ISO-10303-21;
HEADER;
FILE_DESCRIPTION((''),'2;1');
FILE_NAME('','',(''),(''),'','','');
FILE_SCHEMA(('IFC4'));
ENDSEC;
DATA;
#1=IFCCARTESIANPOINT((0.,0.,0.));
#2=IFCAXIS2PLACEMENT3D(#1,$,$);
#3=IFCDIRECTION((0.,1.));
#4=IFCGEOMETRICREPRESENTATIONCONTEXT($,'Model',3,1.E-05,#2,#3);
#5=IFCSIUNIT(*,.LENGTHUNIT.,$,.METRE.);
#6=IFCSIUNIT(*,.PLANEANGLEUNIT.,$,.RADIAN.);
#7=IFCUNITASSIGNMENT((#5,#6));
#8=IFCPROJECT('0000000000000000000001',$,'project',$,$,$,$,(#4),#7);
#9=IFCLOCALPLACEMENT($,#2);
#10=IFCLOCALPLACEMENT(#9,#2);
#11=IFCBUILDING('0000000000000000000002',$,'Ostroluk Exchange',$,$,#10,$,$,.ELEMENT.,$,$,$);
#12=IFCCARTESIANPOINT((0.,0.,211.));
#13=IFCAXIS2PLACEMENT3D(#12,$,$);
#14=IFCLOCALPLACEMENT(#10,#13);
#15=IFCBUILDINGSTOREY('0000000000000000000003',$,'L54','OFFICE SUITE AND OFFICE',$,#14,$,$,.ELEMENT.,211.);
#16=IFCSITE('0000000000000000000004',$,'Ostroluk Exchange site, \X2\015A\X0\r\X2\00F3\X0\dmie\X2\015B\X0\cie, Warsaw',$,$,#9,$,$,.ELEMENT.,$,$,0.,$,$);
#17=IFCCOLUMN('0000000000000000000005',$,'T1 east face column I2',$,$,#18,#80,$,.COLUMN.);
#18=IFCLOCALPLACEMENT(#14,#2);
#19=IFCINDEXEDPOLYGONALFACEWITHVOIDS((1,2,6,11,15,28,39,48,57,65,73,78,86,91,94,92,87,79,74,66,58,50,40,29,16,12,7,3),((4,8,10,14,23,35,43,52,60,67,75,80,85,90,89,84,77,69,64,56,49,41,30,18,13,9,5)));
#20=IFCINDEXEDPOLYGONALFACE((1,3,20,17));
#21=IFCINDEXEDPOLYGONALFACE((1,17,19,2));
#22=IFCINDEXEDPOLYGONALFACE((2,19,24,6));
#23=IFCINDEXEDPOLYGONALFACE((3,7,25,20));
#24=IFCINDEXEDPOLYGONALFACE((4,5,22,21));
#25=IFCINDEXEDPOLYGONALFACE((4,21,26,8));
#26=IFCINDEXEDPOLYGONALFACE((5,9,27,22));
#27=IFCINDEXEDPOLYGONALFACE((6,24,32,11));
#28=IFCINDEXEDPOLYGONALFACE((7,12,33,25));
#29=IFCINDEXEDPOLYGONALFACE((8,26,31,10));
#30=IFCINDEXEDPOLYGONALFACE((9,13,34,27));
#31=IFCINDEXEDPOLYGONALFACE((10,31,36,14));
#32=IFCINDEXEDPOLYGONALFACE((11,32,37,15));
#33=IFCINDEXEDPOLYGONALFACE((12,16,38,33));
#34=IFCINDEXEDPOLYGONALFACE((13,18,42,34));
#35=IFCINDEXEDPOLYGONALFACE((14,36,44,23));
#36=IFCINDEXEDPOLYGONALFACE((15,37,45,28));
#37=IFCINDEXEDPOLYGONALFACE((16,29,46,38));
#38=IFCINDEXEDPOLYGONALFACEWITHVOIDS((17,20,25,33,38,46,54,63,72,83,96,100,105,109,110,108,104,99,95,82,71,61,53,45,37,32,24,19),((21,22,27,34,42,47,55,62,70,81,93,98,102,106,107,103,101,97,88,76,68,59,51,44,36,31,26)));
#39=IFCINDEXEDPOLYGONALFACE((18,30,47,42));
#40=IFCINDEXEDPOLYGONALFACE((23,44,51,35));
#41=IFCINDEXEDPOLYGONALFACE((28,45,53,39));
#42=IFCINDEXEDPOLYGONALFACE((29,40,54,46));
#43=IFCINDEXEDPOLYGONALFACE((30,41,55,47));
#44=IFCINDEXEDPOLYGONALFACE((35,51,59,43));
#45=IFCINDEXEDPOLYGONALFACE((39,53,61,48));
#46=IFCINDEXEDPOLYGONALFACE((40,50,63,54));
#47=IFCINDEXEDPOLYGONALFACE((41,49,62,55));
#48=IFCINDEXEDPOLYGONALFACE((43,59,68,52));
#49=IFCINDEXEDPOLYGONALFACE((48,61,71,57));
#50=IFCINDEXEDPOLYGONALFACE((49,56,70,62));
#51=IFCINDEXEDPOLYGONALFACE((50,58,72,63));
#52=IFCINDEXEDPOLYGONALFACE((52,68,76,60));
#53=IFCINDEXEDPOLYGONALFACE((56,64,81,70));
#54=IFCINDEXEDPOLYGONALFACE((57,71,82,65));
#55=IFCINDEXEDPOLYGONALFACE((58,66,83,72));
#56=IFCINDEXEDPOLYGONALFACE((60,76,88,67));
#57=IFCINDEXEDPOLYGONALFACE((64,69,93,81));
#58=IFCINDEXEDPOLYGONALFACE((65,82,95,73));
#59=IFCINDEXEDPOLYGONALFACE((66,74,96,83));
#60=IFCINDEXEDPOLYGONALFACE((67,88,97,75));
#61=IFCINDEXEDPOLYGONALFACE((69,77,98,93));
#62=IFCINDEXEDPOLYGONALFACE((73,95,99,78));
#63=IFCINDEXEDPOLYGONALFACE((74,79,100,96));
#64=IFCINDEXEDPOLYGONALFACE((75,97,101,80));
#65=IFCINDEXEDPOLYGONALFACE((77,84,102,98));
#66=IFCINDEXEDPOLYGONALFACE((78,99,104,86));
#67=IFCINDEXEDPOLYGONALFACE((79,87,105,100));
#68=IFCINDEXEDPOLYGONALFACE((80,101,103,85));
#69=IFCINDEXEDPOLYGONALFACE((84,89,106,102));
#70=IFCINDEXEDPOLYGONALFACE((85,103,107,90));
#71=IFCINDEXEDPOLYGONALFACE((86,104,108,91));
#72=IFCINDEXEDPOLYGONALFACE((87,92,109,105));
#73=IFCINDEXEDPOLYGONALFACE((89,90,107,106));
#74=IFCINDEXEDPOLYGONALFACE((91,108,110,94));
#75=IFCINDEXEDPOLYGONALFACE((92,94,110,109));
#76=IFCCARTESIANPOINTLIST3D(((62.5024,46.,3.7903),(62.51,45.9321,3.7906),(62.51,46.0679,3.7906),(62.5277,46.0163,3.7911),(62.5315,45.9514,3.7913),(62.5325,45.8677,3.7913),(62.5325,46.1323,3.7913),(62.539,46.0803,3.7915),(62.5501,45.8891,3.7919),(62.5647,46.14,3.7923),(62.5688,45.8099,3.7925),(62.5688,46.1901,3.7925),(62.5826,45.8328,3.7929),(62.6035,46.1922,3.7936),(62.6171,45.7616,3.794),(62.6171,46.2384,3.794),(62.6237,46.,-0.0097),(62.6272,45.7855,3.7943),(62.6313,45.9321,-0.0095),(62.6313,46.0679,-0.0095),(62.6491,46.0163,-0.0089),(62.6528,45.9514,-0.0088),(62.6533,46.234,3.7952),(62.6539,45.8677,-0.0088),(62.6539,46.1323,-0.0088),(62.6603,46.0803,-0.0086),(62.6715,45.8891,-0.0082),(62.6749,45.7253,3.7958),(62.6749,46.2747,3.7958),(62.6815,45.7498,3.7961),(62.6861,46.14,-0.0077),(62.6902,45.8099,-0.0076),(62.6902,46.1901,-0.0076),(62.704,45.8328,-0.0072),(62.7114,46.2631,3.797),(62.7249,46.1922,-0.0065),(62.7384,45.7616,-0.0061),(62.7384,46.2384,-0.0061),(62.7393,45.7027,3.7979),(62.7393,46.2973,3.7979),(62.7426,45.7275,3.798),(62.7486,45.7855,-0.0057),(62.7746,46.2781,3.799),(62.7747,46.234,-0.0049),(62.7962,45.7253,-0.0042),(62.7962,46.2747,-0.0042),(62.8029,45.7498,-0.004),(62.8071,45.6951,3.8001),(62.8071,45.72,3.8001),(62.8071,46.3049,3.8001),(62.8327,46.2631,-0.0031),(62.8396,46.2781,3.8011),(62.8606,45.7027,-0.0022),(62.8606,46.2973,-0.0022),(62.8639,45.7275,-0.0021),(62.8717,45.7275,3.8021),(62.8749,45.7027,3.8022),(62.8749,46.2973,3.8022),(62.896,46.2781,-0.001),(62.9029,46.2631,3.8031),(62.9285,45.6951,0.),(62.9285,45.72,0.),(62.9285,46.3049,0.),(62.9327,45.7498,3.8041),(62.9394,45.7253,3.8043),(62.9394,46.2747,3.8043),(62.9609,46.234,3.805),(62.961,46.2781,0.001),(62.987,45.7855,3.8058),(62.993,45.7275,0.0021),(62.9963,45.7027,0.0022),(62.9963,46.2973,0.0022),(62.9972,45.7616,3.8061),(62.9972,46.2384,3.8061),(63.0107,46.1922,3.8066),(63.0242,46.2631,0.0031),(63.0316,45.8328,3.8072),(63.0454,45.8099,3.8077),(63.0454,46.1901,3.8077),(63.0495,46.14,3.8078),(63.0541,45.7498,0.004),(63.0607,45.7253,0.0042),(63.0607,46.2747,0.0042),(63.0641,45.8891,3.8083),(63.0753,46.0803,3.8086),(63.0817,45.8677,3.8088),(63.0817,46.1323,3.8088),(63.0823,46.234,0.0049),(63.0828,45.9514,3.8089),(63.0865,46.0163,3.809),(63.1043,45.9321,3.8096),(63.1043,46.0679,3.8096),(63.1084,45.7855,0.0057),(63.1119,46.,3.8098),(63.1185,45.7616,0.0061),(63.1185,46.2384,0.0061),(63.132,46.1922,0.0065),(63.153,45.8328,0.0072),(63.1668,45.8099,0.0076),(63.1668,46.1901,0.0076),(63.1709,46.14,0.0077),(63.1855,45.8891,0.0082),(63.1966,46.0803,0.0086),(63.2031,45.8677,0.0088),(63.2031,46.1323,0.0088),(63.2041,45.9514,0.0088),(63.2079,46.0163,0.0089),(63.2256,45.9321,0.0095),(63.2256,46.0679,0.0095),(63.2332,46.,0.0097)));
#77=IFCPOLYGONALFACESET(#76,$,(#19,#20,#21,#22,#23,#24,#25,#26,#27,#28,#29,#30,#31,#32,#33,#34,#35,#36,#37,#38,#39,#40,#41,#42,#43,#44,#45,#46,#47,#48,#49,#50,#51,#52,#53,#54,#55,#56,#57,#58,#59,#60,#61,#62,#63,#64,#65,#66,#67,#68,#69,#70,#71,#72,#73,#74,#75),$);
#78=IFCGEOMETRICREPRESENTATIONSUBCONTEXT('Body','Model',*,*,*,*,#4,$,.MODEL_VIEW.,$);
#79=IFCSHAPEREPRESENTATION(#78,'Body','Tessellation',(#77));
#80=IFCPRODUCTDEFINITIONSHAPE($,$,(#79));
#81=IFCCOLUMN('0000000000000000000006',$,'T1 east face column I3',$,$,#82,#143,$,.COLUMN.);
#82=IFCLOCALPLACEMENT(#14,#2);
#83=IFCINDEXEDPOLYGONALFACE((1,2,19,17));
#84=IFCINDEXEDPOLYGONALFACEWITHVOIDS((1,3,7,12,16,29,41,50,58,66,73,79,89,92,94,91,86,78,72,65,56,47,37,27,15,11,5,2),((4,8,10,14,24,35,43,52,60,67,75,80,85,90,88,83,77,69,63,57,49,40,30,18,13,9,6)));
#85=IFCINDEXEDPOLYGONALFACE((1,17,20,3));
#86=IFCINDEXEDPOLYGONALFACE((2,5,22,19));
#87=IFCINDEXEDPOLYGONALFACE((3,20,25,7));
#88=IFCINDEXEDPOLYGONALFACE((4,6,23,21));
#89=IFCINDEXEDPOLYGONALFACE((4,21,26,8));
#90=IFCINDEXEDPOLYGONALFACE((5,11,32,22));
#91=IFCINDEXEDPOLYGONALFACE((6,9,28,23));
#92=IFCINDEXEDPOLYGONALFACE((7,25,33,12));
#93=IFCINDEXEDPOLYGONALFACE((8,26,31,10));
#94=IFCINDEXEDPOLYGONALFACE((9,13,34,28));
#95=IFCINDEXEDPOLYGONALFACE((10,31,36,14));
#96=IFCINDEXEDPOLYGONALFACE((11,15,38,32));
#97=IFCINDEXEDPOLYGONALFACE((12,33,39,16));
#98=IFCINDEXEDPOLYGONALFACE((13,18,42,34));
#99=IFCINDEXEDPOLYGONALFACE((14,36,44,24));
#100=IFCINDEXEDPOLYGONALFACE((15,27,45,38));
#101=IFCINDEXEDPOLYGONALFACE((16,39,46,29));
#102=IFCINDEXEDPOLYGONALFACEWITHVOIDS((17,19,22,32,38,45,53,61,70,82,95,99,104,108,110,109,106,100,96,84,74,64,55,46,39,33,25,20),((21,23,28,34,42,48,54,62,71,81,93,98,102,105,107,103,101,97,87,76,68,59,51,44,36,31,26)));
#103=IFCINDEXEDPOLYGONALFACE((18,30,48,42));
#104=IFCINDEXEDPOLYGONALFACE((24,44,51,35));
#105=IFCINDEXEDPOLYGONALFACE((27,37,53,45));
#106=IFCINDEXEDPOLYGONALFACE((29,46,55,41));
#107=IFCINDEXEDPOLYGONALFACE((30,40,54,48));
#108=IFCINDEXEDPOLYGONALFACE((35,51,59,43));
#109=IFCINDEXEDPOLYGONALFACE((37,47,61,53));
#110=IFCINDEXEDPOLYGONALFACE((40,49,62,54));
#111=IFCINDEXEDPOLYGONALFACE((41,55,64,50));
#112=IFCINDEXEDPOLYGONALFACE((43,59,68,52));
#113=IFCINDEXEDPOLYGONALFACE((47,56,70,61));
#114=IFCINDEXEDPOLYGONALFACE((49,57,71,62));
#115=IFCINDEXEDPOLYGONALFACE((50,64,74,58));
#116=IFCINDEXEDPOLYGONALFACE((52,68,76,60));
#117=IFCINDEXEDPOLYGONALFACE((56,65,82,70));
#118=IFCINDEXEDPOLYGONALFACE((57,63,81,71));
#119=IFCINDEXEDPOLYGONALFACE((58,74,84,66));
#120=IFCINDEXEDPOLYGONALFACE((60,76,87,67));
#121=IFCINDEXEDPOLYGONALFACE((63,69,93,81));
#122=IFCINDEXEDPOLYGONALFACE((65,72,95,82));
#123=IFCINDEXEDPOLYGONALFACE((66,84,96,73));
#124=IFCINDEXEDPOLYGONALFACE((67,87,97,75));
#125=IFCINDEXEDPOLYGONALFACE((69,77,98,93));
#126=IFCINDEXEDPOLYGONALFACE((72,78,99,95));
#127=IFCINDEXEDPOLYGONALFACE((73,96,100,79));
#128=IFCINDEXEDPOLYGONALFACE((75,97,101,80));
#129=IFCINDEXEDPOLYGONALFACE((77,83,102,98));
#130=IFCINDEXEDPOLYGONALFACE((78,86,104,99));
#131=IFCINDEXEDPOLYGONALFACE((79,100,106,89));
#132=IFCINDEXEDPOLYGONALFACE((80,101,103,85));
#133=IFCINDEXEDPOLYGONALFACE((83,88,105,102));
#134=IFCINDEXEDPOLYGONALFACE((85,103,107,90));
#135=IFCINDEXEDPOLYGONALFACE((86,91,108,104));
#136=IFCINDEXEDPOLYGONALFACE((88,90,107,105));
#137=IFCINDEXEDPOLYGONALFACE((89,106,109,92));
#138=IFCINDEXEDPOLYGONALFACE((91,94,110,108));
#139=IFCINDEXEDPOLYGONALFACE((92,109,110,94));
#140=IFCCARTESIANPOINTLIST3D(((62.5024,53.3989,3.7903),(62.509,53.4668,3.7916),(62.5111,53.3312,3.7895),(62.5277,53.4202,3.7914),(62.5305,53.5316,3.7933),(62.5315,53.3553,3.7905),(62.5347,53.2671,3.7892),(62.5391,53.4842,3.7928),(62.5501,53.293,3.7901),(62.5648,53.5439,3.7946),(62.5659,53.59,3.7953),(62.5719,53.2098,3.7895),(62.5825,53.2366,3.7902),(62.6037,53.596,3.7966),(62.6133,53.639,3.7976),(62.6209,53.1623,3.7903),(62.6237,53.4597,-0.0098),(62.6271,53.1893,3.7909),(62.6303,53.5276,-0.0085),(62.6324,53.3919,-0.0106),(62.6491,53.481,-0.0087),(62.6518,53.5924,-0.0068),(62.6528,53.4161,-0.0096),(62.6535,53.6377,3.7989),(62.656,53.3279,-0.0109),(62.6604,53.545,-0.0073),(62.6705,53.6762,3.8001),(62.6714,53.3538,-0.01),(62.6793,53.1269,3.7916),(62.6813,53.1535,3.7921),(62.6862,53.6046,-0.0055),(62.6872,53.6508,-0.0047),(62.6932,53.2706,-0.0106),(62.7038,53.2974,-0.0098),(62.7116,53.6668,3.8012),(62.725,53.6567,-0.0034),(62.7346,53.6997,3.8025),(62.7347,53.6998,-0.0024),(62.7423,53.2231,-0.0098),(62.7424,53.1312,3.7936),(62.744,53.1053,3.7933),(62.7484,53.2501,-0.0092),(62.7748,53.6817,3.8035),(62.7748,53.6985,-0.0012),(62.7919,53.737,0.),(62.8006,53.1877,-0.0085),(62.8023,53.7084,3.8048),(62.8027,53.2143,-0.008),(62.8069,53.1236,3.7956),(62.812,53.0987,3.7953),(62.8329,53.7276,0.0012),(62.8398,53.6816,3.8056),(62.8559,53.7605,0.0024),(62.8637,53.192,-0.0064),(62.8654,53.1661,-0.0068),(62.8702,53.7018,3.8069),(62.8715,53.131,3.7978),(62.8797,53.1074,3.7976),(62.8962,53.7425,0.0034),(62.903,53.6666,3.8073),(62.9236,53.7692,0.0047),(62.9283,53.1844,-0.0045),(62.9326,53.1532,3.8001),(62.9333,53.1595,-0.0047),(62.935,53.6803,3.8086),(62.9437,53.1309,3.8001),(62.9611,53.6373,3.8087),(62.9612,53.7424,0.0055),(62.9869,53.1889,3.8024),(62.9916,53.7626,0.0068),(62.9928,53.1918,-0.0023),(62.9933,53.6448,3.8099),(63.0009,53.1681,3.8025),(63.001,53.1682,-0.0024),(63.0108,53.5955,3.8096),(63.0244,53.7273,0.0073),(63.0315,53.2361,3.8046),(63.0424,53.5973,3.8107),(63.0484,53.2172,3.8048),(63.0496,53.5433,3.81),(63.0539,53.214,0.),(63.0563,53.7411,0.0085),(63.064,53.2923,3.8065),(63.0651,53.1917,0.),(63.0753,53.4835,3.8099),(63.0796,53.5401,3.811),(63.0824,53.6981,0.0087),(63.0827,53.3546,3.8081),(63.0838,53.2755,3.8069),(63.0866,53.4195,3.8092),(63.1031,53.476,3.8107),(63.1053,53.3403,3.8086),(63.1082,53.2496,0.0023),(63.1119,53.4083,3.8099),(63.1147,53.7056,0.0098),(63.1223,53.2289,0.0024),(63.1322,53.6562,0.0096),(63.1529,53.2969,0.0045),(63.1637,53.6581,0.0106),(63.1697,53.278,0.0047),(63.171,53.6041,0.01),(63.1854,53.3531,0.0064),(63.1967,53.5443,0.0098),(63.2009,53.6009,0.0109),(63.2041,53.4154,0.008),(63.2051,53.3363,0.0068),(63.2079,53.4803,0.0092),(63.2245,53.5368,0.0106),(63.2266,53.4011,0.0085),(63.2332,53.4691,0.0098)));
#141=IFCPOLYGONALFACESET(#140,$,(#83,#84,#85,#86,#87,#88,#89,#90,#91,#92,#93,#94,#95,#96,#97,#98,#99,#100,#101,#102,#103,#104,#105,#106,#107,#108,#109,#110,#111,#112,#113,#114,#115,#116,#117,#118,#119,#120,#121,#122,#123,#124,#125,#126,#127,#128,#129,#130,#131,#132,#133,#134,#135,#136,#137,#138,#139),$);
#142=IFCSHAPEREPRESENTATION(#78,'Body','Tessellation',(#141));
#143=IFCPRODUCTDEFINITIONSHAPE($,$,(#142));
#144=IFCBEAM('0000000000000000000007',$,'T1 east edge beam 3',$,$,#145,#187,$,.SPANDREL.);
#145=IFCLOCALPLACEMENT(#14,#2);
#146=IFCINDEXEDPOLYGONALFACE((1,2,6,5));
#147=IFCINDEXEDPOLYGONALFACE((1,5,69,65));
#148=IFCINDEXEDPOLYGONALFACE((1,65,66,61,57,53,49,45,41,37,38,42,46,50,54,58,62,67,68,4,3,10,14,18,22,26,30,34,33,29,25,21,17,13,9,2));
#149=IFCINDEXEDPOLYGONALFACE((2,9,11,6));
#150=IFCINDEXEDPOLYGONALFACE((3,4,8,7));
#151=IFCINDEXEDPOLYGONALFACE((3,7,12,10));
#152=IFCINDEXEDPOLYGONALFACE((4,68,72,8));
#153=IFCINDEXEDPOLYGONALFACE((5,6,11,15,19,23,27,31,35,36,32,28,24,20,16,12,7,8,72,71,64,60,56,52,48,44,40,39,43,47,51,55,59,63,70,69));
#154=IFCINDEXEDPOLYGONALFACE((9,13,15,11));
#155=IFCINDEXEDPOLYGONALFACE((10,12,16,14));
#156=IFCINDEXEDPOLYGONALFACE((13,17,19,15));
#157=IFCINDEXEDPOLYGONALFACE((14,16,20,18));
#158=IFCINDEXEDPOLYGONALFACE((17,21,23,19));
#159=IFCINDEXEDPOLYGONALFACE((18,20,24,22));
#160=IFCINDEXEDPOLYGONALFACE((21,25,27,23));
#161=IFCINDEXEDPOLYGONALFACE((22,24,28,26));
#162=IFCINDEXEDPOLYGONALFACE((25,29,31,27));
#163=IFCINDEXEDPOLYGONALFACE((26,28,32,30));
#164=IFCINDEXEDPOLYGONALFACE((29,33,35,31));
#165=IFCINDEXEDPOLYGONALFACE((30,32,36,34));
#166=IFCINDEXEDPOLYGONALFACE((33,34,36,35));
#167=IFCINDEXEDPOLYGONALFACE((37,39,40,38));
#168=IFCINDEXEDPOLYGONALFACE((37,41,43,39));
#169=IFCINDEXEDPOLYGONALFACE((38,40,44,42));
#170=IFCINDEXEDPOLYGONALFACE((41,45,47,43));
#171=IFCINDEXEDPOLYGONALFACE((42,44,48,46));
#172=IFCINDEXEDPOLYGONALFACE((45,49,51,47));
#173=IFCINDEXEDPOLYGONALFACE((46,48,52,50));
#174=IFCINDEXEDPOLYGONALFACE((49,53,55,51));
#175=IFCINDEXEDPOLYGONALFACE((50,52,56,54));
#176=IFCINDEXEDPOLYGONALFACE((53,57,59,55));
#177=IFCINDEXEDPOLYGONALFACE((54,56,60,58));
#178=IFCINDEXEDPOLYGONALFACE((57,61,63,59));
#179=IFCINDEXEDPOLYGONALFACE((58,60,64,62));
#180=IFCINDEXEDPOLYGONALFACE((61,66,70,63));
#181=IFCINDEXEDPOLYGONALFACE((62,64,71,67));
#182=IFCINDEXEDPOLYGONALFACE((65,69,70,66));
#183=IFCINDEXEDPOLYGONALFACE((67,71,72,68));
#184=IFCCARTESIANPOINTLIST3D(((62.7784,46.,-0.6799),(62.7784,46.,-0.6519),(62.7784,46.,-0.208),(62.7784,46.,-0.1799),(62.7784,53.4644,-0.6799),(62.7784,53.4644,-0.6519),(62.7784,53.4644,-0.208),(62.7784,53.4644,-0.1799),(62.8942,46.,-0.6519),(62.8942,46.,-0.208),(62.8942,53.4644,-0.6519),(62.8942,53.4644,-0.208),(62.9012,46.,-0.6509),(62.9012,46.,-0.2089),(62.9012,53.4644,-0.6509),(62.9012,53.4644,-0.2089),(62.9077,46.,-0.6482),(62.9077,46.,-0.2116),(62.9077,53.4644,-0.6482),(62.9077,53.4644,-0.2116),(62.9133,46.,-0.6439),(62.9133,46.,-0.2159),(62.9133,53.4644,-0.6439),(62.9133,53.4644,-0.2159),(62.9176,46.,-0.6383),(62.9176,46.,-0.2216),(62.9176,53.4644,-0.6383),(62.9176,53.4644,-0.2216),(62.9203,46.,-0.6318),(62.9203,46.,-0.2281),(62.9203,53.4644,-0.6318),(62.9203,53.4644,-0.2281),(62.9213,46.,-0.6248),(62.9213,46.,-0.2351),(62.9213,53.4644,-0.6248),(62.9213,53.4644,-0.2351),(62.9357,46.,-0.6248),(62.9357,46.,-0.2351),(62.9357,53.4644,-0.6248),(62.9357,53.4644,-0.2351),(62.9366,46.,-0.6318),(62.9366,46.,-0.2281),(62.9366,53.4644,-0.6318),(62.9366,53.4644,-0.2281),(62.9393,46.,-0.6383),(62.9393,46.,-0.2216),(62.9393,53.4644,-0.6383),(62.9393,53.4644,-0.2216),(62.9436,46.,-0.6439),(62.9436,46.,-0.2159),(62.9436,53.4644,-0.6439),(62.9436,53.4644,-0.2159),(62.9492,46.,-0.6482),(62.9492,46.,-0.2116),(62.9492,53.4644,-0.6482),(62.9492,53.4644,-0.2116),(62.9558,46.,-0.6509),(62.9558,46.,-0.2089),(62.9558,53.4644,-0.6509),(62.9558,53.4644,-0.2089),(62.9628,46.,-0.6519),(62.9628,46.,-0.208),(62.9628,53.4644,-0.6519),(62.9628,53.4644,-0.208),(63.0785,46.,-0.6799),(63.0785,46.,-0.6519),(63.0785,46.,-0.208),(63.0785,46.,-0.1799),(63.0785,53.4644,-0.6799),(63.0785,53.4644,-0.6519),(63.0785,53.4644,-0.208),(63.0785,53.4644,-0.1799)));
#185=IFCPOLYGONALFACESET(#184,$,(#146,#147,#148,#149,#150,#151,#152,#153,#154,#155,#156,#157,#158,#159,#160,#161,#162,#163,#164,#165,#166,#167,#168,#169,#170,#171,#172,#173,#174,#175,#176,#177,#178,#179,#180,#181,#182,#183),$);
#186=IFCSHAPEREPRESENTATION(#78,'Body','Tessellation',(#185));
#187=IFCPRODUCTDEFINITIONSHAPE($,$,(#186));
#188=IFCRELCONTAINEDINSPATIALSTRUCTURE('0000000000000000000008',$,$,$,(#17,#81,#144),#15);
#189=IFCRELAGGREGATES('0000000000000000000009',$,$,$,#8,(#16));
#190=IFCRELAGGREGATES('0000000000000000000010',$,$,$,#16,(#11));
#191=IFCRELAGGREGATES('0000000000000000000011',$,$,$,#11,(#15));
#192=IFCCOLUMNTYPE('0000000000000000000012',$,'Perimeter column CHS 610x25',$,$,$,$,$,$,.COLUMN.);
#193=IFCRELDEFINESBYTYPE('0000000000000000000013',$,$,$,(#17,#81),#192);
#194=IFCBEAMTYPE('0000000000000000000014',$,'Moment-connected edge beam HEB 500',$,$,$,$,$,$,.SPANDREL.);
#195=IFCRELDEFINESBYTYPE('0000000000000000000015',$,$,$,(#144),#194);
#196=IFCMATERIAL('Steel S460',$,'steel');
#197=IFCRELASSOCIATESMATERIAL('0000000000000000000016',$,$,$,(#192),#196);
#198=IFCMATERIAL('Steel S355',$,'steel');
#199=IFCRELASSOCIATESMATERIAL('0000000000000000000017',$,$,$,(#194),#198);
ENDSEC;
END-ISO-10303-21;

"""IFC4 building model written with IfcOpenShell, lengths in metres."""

from ifc_helpers import new_model, si_unit, direction, frame, origin, origin_2d, place, context, subcontext, project, spatial, hollow_circle, i_section, extrude, material, material_profile, profile_set, type_object, element, save


model = new_model("IFC4")

# Units and contexts
model_context = context("Model", 3, precision=1e-05, world=origin(), true_north=direction((0.0, 1.0)))
body_context = subcontext(model_context, "Body", "Model", "MODEL_VIEW")
ifc_project = project(units=[si_unit("LENGTHUNIT", "METRE"), si_unit("PLANEANGLEUNIT", "RADIAN")], contexts=[model_context])

# Site, building, storey
site_placement = place(None, origin())
site = spatial("IfcSite", under=ifc_project, at=site_placement, Name="Ostroluk Exchange site, Śródmieście, Warsaw", CompositionType="ELEMENT", RefElevation=0.0)
building_placement = place(site_placement, origin())
building = spatial("IfcBuilding", under=site, at=building_placement, Name="Ostroluk Exchange", CompositionType="ELEMENT")
storey_placement = place(building_placement, frame((0.0, 0.0, 211.0)))
storey = spatial("IfcBuildingStorey", under=building, at=storey_placement, Name="L54", Description="OFFICE SUITE AND OFFICE", CompositionType="ELEMENT", Elevation=211.0)

# Columns
ifc_material_1 = material(Name="Steel S460", Category="steel")
ifc_material_profile_1 = material_profile(ifc_material_1, hollow_circle(Radius=0.3049, WallThickness=0.0249, at=origin_2d()), Name="CHS 610x25")
ifc_profile_set_1 = profile_set([ifc_material_profile_1], Name="Steel S460")
column_type = type_object("IfcColumnType", Name="Perimeter column CHS 610x25", PredefinedType="COLUMN", material=ifc_profile_set_1)
column_1_placement = place(storey_placement, frame((62.9285, 46.0, 0.0), z_axis=(-0.031914, 0.0, 0.999491), x_axis=(0.0, -1.0, 0.0)))
element("IfcColumn", 1, at=column_1_placement, inside=storey, type_object=column_type, Name="T1 east face column I2", PredefinedType="COLUMN", context=body_context, shape_type="SweptSolid", body=[
    extrude(hollow_circle(Radius=0.3049, WallThickness=0.0249, at=origin_2d()), origin(), (0.0, 0.0, 1.0), 3.802),
])
column_2_placement = place(storey_placement, frame((62.9285, 53.4644, 0.0), z_axis=(-0.03191, -0.015987, 0.999363), x_axis=(0.447933, -0.894067, 0.0)))
element("IfcColumn", 2, at=column_2_placement, inside=storey, type_object=column_type, Name="T1 east face column I3", PredefinedType="COLUMN", context=body_context, shape_type="SweptSolid", body=[
    extrude(hollow_circle(Radius=0.3049, WallThickness=0.0249, at=origin_2d()), origin(), (0.0, 0.0, 1.0), 3.8025),
])

# Beam
ifc_material_2 = material(Name="Steel S355", Category="steel")
ifc_material_profile_2 = material_profile(ifc_material_2, i_section(OverallWidth=0.3, OverallDepth=0.5, WebThickness=0.0144, FlangeThickness=0.0281, FilletRadius=0.0271, at=origin_2d()), Name="HEB 500")
ifc_profile_set_2 = profile_set([ifc_material_profile_2], Name="Steel S355")
beam_type = type_object("IfcBeamType", Name="Moment-connected edge beam HEB 500", PredefinedType="SPANDREL", material=ifc_profile_set_2)
beam_1_placement = place(storey_placement, frame((62.9285, 46.0, -0.4299), z_axis=(0.0, 1.0, 0.0), x_axis=(-1.0, 0.0, 0.0)))
element("IfcBeam", 3, at=beam_1_placement, inside=storey, type_object=beam_type, Name="T1 east edge beam 3", PredefinedType="SPANDREL", context=body_context, shape_type="SweptSolid", body=[
    extrude(i_section(OverallWidth=0.3, OverallDepth=0.5, WebThickness=0.0144, FlangeThickness=0.0281, FilletRadius=0.0271, at=origin_2d()), origin(), (0.0, 0.0, 1.0), 7.4644),
])

save(model, "model.ifc")
